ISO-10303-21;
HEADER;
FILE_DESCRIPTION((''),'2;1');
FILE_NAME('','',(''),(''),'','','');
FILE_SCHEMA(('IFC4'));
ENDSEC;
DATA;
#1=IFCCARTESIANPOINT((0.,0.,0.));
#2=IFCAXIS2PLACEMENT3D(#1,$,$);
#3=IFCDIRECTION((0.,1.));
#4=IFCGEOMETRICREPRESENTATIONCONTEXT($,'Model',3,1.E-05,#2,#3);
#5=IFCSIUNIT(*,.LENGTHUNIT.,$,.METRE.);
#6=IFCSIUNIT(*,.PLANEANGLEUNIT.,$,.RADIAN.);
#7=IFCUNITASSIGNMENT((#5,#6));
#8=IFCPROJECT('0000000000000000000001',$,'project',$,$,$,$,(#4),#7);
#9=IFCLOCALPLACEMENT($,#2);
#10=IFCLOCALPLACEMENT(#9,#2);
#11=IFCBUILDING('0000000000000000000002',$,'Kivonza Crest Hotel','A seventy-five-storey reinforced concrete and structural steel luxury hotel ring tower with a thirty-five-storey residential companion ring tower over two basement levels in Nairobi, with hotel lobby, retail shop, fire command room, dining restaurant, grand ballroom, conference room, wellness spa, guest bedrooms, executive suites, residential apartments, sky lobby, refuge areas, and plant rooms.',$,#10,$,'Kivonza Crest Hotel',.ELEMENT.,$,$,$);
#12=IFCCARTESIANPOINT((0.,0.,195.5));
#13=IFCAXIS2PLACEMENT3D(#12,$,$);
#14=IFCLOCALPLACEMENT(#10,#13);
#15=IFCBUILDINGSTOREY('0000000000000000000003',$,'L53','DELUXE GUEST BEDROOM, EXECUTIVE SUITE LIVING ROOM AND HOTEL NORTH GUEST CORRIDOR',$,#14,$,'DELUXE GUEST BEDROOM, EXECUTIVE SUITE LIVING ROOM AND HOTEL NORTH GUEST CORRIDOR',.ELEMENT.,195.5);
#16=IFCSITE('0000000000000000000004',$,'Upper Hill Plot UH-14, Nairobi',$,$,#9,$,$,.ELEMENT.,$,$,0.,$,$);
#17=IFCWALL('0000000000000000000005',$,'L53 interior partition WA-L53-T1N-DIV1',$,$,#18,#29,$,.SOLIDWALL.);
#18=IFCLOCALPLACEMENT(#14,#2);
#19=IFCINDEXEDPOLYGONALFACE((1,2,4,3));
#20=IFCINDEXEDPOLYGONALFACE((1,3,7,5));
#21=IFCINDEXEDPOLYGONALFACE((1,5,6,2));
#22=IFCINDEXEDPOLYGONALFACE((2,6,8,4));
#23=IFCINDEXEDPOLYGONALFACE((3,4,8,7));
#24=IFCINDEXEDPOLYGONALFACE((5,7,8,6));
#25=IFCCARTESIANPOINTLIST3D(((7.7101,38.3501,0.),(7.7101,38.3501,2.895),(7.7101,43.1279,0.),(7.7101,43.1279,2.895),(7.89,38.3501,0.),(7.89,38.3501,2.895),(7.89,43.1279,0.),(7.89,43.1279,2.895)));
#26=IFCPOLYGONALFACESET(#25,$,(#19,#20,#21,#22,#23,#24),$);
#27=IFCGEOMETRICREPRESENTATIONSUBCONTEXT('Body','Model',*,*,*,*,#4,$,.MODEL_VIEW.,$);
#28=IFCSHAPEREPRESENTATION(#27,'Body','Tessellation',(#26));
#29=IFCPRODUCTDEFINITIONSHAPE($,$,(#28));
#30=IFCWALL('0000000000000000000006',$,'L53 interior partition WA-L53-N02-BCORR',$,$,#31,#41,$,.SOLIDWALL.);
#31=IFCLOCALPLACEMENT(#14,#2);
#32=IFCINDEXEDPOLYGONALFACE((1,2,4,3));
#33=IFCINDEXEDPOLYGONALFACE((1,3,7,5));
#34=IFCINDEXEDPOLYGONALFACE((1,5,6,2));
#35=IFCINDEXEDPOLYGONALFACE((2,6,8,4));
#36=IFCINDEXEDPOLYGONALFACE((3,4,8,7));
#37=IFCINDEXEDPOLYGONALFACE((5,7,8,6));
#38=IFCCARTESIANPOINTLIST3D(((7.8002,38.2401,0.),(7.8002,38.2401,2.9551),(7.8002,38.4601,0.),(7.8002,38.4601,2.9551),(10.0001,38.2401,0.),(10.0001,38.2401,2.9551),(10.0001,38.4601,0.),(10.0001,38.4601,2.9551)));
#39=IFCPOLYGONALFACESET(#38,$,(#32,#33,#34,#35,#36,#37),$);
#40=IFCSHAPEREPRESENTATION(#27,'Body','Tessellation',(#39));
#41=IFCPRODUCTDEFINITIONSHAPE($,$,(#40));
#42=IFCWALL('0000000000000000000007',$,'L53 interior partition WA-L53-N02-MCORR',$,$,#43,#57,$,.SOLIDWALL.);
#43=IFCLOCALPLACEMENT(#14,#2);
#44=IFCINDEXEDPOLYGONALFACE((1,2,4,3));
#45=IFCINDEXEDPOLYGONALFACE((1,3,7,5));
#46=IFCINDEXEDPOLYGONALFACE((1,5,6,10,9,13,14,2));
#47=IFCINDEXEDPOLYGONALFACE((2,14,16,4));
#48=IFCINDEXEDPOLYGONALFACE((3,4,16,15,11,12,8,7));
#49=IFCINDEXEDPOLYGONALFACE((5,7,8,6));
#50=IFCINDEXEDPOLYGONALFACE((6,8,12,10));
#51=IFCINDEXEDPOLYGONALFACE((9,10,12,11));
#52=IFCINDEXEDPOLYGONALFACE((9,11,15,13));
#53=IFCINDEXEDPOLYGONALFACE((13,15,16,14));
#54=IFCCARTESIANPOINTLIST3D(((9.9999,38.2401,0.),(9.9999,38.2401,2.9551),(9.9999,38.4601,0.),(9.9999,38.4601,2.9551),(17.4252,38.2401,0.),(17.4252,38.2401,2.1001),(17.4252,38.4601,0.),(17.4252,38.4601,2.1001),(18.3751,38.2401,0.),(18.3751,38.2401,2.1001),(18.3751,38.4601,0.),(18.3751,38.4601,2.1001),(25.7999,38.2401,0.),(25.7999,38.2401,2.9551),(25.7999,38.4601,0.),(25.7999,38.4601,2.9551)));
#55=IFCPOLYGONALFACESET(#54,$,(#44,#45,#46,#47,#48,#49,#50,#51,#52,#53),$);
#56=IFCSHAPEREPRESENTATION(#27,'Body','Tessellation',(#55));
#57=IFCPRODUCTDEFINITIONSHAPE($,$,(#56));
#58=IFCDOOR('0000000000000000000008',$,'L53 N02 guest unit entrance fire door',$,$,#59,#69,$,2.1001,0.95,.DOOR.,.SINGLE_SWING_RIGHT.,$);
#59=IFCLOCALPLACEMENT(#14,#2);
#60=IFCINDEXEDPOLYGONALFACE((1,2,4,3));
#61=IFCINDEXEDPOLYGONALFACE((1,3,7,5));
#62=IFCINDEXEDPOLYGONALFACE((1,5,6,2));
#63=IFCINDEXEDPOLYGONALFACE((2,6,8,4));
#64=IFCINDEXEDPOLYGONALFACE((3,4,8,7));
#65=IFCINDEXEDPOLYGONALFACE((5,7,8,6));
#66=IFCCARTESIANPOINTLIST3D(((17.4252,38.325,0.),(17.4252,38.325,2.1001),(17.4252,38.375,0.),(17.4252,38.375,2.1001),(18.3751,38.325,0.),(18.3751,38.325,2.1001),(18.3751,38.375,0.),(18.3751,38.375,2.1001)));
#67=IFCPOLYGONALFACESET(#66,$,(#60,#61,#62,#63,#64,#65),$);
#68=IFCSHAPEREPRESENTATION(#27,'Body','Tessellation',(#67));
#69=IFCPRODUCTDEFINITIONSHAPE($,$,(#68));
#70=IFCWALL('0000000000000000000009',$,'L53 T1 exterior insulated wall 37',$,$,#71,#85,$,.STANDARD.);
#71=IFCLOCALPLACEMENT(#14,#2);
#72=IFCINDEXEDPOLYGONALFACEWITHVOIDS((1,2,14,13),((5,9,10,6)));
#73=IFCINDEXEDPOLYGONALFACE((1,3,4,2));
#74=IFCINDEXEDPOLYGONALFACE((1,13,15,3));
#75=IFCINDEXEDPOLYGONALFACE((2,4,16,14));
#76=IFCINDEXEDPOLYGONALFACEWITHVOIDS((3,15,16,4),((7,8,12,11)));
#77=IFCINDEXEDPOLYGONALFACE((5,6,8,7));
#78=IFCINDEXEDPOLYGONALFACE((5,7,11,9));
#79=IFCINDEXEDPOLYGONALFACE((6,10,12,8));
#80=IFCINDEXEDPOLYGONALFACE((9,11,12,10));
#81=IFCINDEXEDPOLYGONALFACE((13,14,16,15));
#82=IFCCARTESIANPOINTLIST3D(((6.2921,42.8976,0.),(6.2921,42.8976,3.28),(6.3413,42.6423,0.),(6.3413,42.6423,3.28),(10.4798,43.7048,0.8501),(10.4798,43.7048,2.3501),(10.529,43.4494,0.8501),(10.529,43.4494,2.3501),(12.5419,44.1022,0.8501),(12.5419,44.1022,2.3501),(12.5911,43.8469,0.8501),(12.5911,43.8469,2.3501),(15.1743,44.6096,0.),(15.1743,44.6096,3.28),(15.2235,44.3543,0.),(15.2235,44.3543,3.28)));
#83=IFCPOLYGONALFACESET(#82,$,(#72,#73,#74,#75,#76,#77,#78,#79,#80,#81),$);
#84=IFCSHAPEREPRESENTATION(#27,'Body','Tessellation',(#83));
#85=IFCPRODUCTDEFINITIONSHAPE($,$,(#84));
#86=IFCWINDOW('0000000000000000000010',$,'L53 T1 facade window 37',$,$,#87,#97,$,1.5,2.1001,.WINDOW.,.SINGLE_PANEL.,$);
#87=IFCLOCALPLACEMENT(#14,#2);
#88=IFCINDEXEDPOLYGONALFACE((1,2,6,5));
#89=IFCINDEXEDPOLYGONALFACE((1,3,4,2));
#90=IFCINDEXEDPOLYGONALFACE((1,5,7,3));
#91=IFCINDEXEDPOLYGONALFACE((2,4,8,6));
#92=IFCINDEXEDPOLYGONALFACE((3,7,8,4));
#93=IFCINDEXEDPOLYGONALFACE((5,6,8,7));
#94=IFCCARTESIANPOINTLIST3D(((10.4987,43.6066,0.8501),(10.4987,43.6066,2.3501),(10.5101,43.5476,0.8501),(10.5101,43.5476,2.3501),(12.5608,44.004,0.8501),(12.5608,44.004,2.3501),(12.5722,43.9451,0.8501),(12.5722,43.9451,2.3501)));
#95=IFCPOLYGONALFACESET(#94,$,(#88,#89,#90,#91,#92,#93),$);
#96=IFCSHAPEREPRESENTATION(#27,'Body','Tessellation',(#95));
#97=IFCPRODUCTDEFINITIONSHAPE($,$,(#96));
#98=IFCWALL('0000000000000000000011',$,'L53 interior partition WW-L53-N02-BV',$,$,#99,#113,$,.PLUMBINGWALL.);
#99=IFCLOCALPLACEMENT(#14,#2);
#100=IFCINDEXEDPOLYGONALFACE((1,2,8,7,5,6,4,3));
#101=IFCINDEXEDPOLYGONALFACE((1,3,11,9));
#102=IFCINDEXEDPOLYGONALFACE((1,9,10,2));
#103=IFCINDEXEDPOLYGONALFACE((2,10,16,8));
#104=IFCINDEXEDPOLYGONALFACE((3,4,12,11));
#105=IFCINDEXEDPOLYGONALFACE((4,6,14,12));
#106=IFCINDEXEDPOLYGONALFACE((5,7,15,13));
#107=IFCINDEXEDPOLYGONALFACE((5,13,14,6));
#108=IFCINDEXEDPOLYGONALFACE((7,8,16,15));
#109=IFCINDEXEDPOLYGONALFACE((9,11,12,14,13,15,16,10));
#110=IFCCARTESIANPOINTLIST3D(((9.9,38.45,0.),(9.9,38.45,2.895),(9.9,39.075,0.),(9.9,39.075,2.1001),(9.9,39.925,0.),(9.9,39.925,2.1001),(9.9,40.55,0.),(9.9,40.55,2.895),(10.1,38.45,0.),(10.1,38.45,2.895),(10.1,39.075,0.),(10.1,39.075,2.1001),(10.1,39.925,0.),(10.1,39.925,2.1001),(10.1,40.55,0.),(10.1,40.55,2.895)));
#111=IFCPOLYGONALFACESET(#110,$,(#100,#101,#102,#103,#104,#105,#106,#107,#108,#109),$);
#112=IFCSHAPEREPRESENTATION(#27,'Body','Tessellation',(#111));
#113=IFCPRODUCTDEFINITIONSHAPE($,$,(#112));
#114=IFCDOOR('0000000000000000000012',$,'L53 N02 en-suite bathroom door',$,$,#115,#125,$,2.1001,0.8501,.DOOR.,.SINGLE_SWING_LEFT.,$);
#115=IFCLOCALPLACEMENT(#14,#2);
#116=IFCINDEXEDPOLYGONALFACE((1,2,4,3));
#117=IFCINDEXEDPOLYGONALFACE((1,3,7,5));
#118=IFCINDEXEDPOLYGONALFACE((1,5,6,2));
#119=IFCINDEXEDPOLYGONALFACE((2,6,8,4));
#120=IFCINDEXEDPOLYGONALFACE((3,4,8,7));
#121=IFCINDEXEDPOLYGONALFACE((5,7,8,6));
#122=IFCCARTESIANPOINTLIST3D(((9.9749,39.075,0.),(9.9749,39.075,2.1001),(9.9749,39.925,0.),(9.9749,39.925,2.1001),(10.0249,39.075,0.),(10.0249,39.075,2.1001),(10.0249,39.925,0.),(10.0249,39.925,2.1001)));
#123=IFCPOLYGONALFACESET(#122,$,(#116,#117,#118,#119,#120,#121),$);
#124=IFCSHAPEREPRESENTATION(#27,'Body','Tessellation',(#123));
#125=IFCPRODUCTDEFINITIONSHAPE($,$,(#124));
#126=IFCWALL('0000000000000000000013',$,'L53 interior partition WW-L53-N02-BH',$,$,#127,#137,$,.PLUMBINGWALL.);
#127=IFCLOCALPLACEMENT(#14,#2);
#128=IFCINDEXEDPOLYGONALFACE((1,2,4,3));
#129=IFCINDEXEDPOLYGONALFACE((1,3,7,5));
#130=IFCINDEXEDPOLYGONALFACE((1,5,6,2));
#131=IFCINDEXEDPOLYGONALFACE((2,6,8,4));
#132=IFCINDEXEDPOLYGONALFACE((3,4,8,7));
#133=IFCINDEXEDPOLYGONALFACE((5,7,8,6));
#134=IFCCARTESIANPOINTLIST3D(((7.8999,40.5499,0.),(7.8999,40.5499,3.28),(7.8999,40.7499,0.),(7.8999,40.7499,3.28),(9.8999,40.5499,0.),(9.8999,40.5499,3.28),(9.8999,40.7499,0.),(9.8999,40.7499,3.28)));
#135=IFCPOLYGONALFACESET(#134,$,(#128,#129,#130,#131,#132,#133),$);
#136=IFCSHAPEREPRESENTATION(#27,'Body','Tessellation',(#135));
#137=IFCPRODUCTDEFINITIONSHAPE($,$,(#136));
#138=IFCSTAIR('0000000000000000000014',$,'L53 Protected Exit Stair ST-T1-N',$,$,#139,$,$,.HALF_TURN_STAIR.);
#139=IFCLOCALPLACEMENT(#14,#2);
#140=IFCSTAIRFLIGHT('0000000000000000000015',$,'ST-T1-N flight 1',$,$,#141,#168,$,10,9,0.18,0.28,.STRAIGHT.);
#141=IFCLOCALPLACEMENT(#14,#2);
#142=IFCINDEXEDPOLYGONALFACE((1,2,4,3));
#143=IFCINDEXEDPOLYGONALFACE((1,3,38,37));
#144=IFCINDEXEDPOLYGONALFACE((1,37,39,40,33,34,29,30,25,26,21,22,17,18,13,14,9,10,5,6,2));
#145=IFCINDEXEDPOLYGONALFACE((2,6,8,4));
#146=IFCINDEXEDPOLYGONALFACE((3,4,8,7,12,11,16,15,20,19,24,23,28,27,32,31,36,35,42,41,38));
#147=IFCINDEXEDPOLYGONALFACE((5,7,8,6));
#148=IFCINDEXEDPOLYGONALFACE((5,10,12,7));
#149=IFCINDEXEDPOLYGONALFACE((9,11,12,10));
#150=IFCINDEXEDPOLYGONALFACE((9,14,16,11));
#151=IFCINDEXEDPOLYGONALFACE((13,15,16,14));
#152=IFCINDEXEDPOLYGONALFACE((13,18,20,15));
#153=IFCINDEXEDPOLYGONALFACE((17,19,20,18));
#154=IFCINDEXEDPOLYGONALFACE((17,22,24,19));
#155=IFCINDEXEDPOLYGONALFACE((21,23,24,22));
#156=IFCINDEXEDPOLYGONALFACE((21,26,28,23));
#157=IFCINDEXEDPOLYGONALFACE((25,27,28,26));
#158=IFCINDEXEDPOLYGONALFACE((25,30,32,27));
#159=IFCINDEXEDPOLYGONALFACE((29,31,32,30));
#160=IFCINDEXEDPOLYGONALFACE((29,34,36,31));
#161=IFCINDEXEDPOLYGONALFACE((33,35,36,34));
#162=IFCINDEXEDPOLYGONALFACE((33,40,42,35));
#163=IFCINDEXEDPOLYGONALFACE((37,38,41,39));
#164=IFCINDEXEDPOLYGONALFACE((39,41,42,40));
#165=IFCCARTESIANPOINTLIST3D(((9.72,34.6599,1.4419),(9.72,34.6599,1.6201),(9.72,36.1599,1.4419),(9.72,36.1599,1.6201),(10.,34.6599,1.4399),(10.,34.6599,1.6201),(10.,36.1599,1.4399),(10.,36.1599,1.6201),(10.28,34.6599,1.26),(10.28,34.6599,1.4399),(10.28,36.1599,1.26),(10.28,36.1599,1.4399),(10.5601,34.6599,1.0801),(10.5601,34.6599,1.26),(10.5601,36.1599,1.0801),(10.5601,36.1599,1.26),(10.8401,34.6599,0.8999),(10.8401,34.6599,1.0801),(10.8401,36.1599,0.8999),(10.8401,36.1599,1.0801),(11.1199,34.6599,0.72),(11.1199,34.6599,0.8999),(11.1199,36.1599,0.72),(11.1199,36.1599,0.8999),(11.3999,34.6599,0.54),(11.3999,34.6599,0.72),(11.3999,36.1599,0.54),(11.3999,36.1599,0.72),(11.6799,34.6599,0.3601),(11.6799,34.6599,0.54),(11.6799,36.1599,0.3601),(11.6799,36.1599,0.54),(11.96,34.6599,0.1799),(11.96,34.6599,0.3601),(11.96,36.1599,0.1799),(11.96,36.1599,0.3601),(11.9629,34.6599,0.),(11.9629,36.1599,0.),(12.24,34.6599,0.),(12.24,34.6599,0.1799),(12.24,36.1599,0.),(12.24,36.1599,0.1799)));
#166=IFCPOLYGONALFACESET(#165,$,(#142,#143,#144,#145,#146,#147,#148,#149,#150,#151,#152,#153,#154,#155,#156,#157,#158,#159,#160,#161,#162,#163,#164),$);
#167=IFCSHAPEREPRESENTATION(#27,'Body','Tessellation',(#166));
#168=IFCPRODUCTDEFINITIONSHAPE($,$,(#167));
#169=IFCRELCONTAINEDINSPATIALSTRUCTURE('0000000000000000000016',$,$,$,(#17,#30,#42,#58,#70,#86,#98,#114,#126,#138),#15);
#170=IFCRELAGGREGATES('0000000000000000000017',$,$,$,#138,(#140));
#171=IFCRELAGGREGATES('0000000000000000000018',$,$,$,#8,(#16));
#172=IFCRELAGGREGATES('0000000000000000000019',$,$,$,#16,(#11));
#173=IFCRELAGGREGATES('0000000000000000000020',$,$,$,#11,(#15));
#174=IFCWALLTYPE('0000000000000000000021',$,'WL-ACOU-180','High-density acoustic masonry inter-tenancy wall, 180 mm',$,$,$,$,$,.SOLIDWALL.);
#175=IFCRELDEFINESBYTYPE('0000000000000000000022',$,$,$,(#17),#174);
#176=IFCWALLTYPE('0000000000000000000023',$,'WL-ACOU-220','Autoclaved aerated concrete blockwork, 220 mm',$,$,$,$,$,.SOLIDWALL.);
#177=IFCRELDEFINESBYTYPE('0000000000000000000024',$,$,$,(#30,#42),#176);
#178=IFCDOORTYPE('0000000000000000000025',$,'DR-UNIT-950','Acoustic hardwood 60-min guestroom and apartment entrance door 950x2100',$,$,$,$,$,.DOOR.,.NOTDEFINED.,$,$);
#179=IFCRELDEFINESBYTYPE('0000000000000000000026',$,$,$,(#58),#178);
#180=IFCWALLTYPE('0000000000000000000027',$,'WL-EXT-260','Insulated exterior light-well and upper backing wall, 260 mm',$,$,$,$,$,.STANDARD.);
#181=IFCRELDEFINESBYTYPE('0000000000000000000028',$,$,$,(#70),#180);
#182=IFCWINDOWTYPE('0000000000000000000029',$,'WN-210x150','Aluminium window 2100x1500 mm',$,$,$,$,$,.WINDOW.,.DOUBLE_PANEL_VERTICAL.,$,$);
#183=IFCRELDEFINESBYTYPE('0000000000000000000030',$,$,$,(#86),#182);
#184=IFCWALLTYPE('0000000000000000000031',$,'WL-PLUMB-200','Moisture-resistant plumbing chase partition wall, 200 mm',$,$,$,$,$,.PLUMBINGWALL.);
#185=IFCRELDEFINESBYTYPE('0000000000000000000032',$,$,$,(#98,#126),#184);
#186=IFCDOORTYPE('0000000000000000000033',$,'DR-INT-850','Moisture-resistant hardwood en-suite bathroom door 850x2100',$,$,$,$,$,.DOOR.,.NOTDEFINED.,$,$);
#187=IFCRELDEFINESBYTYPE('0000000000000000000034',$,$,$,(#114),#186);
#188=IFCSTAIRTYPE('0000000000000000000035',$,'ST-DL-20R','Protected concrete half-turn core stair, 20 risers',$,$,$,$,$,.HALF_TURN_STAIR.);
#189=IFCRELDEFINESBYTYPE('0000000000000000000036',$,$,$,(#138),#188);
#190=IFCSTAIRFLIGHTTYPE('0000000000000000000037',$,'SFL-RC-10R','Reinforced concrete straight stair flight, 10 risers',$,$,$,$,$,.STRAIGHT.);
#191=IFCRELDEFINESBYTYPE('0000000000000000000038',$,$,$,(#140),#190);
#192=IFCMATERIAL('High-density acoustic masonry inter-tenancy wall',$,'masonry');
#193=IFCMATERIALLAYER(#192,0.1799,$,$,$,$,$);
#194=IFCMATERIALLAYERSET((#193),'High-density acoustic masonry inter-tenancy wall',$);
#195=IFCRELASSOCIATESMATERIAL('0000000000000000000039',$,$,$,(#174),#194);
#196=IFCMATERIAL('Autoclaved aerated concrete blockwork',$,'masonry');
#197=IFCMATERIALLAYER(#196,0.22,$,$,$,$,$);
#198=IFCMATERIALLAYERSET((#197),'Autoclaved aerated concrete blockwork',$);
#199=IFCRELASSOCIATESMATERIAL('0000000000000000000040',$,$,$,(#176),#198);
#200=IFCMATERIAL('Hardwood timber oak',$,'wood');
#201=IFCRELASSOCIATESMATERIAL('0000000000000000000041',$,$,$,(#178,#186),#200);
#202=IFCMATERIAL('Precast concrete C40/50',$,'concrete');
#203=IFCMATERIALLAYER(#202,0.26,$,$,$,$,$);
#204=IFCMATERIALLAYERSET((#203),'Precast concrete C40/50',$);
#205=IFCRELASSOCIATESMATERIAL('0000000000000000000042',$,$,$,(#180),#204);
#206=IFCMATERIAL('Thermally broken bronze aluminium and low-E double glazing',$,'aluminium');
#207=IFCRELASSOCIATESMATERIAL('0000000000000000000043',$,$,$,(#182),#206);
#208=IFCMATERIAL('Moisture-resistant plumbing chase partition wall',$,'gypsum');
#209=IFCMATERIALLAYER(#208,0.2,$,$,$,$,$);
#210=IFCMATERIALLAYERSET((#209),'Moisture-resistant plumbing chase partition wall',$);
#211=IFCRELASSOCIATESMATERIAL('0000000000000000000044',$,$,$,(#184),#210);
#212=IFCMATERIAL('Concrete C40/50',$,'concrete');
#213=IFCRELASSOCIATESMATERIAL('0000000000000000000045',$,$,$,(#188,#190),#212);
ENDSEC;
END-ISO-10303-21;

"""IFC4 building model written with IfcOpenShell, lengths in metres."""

from ifc_helpers import new_model, si_unit, direction, frame, frame_2d, origin, place, context, subcontext, project, spatial, polyline, rectangle, outline, extrude, material, layer, layer_set, type_object, element, fill, aggregate, save


model = new_model("IFC4")

# Units and contexts
model_context = context("Model", 3, precision=1e-05, world=origin(), true_north=direction((0.0, 1.0)))
body_context = subcontext(model_context, "Body", "Model", "MODEL_VIEW")
ifc_project = project(units=[si_unit("LENGTHUNIT", "METRE"), si_unit("PLANEANGLEUNIT", "RADIAN")], contexts=[model_context])

# Site, building, storey
site_placement = place(None, origin())
site = spatial("IfcSite", under=ifc_project, at=site_placement, Name="Upper Hill Plot UH-14, Nairobi", CompositionType="ELEMENT", RefElevation=0.0)
building_placement = place(site_placement, origin())
building = spatial("IfcBuilding", under=site, at=building_placement, Name="Kivonza Crest Hotel", Description="A seventy-five-storey reinforced concrete and structural steel luxury hotel ring tower with a thirty-five-storey residential companion ring tower over two basement levels in Nairobi, with hotel lobby, retail shop, fire command room, dining restaurant, grand ballroom, conference room, wellness spa, guest bedrooms, executive suites, residential apartments, sky lobby, refuge areas, and plant rooms.", LongName="Kivonza Crest Hotel", CompositionType="ELEMENT")
storey_placement = place(building_placement, frame((0.0, 0.0, 195.5)))
storey = spatial("IfcBuildingStorey", under=building, at=storey_placement, Name="L53", Description="DELUXE GUEST BEDROOM, EXECUTIVE SUITE LIVING ROOM AND HOTEL NORTH GUEST CORRIDOR", LongName="DELUXE GUEST BEDROOM, EXECUTIVE SUITE LIVING ROOM AND HOTEL NORTH GUEST CORRIDOR", CompositionType="ELEMENT", Elevation=195.5)

# Walls
ifc_material_1 = material(Name="High-density acoustic masonry inter-tenancy wall", Category="masonry")
ifc_layer_1 = layer(ifc_material_1, 0.1799)
ifc_layer_set_1 = layer_set([ifc_layer_1], Name="High-density acoustic masonry inter-tenancy wall")
wall_type_1 = type_object("IfcWallType", Name="WL-ACOU-180", Description="High-density acoustic masonry inter-tenancy wall, 180 mm", PredefinedType="SOLIDWALL", material=ifc_layer_set_1)
wall_1_placement = place(storey_placement, frame((7.8, 38.3501, 0.0), z_axis=(0.0, 0.0, 1.0), x_axis=(0.0, 1.0, 0.0)))
element("IfcWall", 1, at=wall_1_placement, inside=storey, type_object=wall_type_1, Name="L53 interior partition WA-L53-T1N-DIV1", PredefinedType="SOLIDWALL", context=body_context, shape_type="SweptSolid", body=[
    extrude(rectangle(XDim=4.7778, YDim=0.1799, at=frame_2d((2.3889, 0.0))), origin(), (0.0, 0.0, 1.0), 2.895),
])
ifc_material_2 = material(Name="Autoclaved aerated concrete blockwork", Category="masonry")
ifc_layer_2 = layer(ifc_material_2, 0.22)
ifc_layer_set_2 = layer_set([ifc_layer_2], Name="Autoclaved aerated concrete blockwork")
wall_type_2 = type_object("IfcWallType", Name="WL-ACOU-220", Description="Autoclaved aerated concrete blockwork, 220 mm", PredefinedType="SOLIDWALL", material=ifc_layer_set_2)
wall_2_placement = place(storey_placement, frame((7.8, 38.3501, 0.0), z_axis=(0.0, 0.0, 1.0), x_axis=(1.0, 0.0, 0.0)))
element("IfcWall", 2, at=wall_2_placement, inside=storey, type_object=wall_type_2, Name="L53 interior partition WA-L53-N02-BCORR", PredefinedType="SOLIDWALL", context=body_context, shape_type="SweptSolid", body=[
    extrude(rectangle(XDim=2.2, YDim=0.22, at=frame_2d((1.1001, 0.0))), origin(), (0.0, 0.0, 1.0), 2.9551),
])

# Wall, opening, door
wall_3_placement = place(storey_placement, frame((10.0, 38.3501, 0.0), z_axis=(0.0, 0.0, 1.0), x_axis=(1.0, 0.0, 0.0)))
wall_3 = element("IfcWall", 3, at=wall_3_placement, inside=storey, type_object=wall_type_2, Name="L53 interior partition WA-L53-N02-MCORR", PredefinedType="SOLIDWALL", context=body_context, shape_type="SweptSolid", body=[
    extrude(rectangle(XDim=15.8, YDim=0.22, at=frame_2d((7.8999, 0.0))), origin(), (0.0, 0.0, 1.0), 2.9551),
])
opening_1_placement = place(wall_3_placement, frame((7.425, 0.0, 0.0)))
opening_1 = element("IfcOpeningElement", 4, at=opening_1_placement, cuts=wall_3, PredefinedType="OPENING", context=body_context, shape_type="SweptSolid", body=[
    extrude(rectangle(XDim=0.95, YDim=2.1001, at=frame_2d((0.4751, 1.05))), frame((0.0, 0.1201, 0.0), z_axis=(0.0, -1.0, 0.0), x_axis=(1.0, 0.0, 0.0)), (0.0, 0.0, 1.0), 0.24),
])
ifc_material_3 = material(Name="Hardwood timber oak", Category="wood")
door_type_1 = type_object("IfcDoorType", Name="DR-UNIT-950", Description="Acoustic hardwood 60-min guestroom and apartment entrance door 950x2100", OperationType="NOTDEFINED", PredefinedType="DOOR", material=ifc_material_3)
door_1_placement = place(opening_1_placement, origin())
door_1 = element("IfcDoor", 5, at=door_1_placement, inside=storey, type_object=door_type_1, Name="L53 N02 guest unit entrance fire door", OperationType="SINGLE_SWING_RIGHT", OverallHeight=2.1001, OverallWidth=0.95, PredefinedType="DOOR", context=body_context, shape_type="SweptSolid", body=[
    extrude(rectangle(XDim=0.95, YDim=2.1001, at=frame_2d((0.4751, 1.05))), frame((0.0, 0.0249, 0.0), z_axis=(0.0, -1.0, 0.0), x_axis=(1.0, 0.0, 0.0)), (0.0, 0.0, 1.0), 0.05),
])
fill(opening_1, door_1)

# Wall, opening, window
ifc_material_4 = material(Name="Precast concrete C40/50", Category="concrete")
ifc_layer_3 = layer(ifc_material_4, 0.26)
ifc_layer_set_3 = layer_set([ifc_layer_3], Name="Precast concrete C40/50")
wall_type_3 = type_object("IfcWallType", Name="WL-EXT-260", Description="Insulated exterior light-well and upper backing wall, 260 mm", PredefinedType="STANDARD", material=ifc_layer_set_3)
wall_4_placement = place(storey_placement, frame((15.199, 44.4819, 0.0), z_axis=(0.0, 0.0, 1.0), x_axis=(-0.981928, -0.189255, 0.0)))
wall_4 = element("IfcWall", 6, at=wall_4_placement, inside=storey, type_object=wall_type_3, Name="L53 T1 exterior insulated wall 37", PredefinedType="STANDARD", context=body_context, shape_type="SweptSolid", body=[
    extrude(rectangle(XDim=9.0457, YDim=0.26, at=frame_2d((4.5229, 0.0))), origin(), (0.0, 0.0, 1.0), 3.28),
])
opening_2_placement = place(wall_4_placement, frame((2.6809, 0.0, 0.8501)))
opening_2 = element("IfcOpeningElement", 7, at=opening_2_placement, cuts=wall_4, PredefinedType="OPENING", context=body_context, shape_type="SweptSolid", body=[
    extrude(rectangle(XDim=2.1001, YDim=1.5, at=frame_2d((1.05, 0.75))), frame((0.0, 0.1401, 0.0), z_axis=(0.0, -1.0, 0.0), x_axis=(1.0, 0.0, 0.0)), (0.0, 0.0, 1.0), 0.28),
])
ifc_material_5 = material(Name="Thermally broken bronze aluminium and low-E double glazing", Category="aluminium")
window_type = type_object("IfcWindowType", Name="WN-210x150", Description="Aluminium window 2100x1500 mm", PartitioningType="DOUBLE_PANEL_VERTICAL", PredefinedType="WINDOW", material=ifc_material_5)
window_placement = place(opening_2_placement, origin())
window = element("IfcWindow", 8, at=window_placement, inside=storey, type_object=window_type, Name="L53 T1 facade window 37", OverallHeight=1.5, OverallWidth=2.1001, PartitioningType="SINGLE_PANEL", PredefinedType="WINDOW", context=body_context, shape_type="SweptSolid", body=[
    extrude(rectangle(XDim=2.1001, YDim=1.5, at=frame_2d((1.05, 0.75))), frame((0.0, 0.03, 0.0), z_axis=(0.0, -1.0, 0.0), x_axis=(1.0, 0.0, 0.0)), (0.0, 0.0, 1.0), 0.0601),
])
fill(opening_2, window)

# Wall, opening, door
ifc_material_6 = material(Name="Moisture-resistant plumbing chase partition wall", Category="gypsum")
ifc_layer_4 = layer(ifc_material_6, 0.2)
ifc_layer_set_4 = layer_set([ifc_layer_4], Name="Moisture-resistant plumbing chase partition wall")
wall_type_4 = type_object("IfcWallType", Name="WL-PLUMB-200", Description="Moisture-resistant plumbing chase partition wall, 200 mm", PredefinedType="PLUMBINGWALL", material=ifc_layer_set_4)
wall_5_placement = place(storey_placement, frame((10.0, 38.45, 0.0), z_axis=(0.0, 0.0, 1.0), x_axis=(0.0, 1.0, 0.0)))
wall_5 = element("IfcWall", 9, at=wall_5_placement, inside=storey, type_object=wall_type_4, Name="L53 interior partition WW-L53-N02-BV", PredefinedType="PLUMBINGWALL", context=body_context, shape_type="SweptSolid", body=[
    extrude(rectangle(XDim=2.1001, YDim=0.2, at=frame_2d((1.05, 0.0))), origin(), (0.0, 0.0, 1.0), 2.895),
])
opening_3_placement = place(wall_5_placement, frame((0.625, 0.0, 0.0)))
opening_3 = element("IfcOpeningElement", 10, at=opening_3_placement, cuts=wall_5, PredefinedType="OPENING", context=body_context, shape_type="SweptSolid", body=[
    extrude(rectangle(XDim=0.8501, YDim=2.1001, at=frame_2d((0.425, 1.05))), frame((0.0, 0.1099, 0.0), z_axis=(0.0, -1.0, 0.0), x_axis=(1.0, 0.0, 0.0)), (0.0, 0.0, 1.0), 0.22),
])
door_type_2 = type_object("IfcDoorType", Name="DR-INT-850", Description="Moisture-resistant hardwood en-suite bathroom door 850x2100", OperationType="NOTDEFINED", PredefinedType="DOOR", material=ifc_material_3)
door_2_placement = place(opening_3_placement, frame((0.8501, 0.0, 0.0), z_axis=(0.0, 0.0, 1.0), x_axis=(-1.0, 0.0, 0.0)))
door_2 = element("IfcDoor", 11, at=door_2_placement, inside=storey, type_object=door_type_2, Name="L53 N02 en-suite bathroom door", OperationType="SINGLE_SWING_LEFT", OverallHeight=2.1001, OverallWidth=0.8501, PredefinedType="DOOR", context=body_context, shape_type="SweptSolid", body=[
    extrude(rectangle(XDim=0.8501, YDim=2.1001, at=frame_2d((0.425, 1.05))), frame((0.0, 0.0249, 0.0), z_axis=(0.0, -1.0, 0.0), x_axis=(1.0, 0.0, 0.0)), (0.0, 0.0, 1.0), 0.05),
])
fill(opening_3, door_2)

# Wall
wall_6_placement = place(storey_placement, frame((7.8999, 40.6499, 0.0), z_axis=(0.0, 0.0, 1.0), x_axis=(1.0, 0.0, 0.0)))
element("IfcWall", 12, at=wall_6_placement, inside=storey, type_object=wall_type_4, Name="L53 interior partition WW-L53-N02-BH", PredefinedType="PLUMBINGWALL", context=body_context, shape_type="SweptSolid", body=[
    extrude(rectangle(XDim=2.0, YDim=0.2, at=frame_2d((1.0, 0.0))), origin(), (0.0, 0.0, 1.0), 3.28),
])

# Stair, stair flight
ifc_material_7 = material(Name="Concrete C40/50", Category="concrete")
stair_type = type_object("IfcStairType", Name="ST-DL-20R", Description="Protected concrete half-turn core stair, 20 risers", PredefinedType="HALF_TURN_STAIR", material=ifc_material_7)
stair_placement = place(storey_placement, origin())
stair = element("IfcStair", 13, at=stair_placement, inside=storey, type_object=stair_type, Name="L53 Protected Exit Stair ST-T1-N", PredefinedType="HALF_TURN_STAIR")
stair_flight_type = type_object("IfcStairFlightType", Name="SFL-RC-10R", Description="Reinforced concrete straight stair flight, 10 risers", PredefinedType="STRAIGHT", material=ifc_material_7)
stair_flight_placement = place(storey_placement, frame((12.24, 35.4099, 0.0), z_axis=(0.0, 0.0, 1.0), x_axis=(-1.0, 0.0, 0.0)))
stair_flight = element("IfcStairFlight", 14, at=stair_flight_placement, type_object=stair_flight_type, Name="ST-T1-N flight 1", NumberOfRisers=10, NumberOfTreads=9, PredefinedType="STRAIGHT", RiserHeight=0.18, TreadLength=0.28, context=body_context, shape_type="SweptSolid", body=[
    extrude(outline(polyline([(0.0, 0.0), (0.0, 0.1799), (0.28, 0.1799), (0.28, 0.3601), (0.5601, 0.3601), (0.5601, 0.54), (0.8401, 0.54), (0.8401, 0.72), (1.1201, 0.72), (1.1201, 0.8999), (1.3999, 0.8999), (1.3999, 1.0801), (1.6799, 1.0801), (1.6799, 1.26), (1.96, 1.26), (1.96, 1.4399), (2.24, 1.4399), (2.24, 1.6201), (2.52, 1.6201), (2.52, 1.8), (2.52, 1.4419), (0.2771, 0.0), (0.0, 0.0)])), frame((0.0, 0.75, 0.0), z_axis=(0.0, -1.0, 0.0), x_axis=(1.0, 0.0, 0.0)), (0.0, 0.0, 1.0), 1.5),
])
aggregate(stair, [stair_flight])

save(model, "model.ifc")
